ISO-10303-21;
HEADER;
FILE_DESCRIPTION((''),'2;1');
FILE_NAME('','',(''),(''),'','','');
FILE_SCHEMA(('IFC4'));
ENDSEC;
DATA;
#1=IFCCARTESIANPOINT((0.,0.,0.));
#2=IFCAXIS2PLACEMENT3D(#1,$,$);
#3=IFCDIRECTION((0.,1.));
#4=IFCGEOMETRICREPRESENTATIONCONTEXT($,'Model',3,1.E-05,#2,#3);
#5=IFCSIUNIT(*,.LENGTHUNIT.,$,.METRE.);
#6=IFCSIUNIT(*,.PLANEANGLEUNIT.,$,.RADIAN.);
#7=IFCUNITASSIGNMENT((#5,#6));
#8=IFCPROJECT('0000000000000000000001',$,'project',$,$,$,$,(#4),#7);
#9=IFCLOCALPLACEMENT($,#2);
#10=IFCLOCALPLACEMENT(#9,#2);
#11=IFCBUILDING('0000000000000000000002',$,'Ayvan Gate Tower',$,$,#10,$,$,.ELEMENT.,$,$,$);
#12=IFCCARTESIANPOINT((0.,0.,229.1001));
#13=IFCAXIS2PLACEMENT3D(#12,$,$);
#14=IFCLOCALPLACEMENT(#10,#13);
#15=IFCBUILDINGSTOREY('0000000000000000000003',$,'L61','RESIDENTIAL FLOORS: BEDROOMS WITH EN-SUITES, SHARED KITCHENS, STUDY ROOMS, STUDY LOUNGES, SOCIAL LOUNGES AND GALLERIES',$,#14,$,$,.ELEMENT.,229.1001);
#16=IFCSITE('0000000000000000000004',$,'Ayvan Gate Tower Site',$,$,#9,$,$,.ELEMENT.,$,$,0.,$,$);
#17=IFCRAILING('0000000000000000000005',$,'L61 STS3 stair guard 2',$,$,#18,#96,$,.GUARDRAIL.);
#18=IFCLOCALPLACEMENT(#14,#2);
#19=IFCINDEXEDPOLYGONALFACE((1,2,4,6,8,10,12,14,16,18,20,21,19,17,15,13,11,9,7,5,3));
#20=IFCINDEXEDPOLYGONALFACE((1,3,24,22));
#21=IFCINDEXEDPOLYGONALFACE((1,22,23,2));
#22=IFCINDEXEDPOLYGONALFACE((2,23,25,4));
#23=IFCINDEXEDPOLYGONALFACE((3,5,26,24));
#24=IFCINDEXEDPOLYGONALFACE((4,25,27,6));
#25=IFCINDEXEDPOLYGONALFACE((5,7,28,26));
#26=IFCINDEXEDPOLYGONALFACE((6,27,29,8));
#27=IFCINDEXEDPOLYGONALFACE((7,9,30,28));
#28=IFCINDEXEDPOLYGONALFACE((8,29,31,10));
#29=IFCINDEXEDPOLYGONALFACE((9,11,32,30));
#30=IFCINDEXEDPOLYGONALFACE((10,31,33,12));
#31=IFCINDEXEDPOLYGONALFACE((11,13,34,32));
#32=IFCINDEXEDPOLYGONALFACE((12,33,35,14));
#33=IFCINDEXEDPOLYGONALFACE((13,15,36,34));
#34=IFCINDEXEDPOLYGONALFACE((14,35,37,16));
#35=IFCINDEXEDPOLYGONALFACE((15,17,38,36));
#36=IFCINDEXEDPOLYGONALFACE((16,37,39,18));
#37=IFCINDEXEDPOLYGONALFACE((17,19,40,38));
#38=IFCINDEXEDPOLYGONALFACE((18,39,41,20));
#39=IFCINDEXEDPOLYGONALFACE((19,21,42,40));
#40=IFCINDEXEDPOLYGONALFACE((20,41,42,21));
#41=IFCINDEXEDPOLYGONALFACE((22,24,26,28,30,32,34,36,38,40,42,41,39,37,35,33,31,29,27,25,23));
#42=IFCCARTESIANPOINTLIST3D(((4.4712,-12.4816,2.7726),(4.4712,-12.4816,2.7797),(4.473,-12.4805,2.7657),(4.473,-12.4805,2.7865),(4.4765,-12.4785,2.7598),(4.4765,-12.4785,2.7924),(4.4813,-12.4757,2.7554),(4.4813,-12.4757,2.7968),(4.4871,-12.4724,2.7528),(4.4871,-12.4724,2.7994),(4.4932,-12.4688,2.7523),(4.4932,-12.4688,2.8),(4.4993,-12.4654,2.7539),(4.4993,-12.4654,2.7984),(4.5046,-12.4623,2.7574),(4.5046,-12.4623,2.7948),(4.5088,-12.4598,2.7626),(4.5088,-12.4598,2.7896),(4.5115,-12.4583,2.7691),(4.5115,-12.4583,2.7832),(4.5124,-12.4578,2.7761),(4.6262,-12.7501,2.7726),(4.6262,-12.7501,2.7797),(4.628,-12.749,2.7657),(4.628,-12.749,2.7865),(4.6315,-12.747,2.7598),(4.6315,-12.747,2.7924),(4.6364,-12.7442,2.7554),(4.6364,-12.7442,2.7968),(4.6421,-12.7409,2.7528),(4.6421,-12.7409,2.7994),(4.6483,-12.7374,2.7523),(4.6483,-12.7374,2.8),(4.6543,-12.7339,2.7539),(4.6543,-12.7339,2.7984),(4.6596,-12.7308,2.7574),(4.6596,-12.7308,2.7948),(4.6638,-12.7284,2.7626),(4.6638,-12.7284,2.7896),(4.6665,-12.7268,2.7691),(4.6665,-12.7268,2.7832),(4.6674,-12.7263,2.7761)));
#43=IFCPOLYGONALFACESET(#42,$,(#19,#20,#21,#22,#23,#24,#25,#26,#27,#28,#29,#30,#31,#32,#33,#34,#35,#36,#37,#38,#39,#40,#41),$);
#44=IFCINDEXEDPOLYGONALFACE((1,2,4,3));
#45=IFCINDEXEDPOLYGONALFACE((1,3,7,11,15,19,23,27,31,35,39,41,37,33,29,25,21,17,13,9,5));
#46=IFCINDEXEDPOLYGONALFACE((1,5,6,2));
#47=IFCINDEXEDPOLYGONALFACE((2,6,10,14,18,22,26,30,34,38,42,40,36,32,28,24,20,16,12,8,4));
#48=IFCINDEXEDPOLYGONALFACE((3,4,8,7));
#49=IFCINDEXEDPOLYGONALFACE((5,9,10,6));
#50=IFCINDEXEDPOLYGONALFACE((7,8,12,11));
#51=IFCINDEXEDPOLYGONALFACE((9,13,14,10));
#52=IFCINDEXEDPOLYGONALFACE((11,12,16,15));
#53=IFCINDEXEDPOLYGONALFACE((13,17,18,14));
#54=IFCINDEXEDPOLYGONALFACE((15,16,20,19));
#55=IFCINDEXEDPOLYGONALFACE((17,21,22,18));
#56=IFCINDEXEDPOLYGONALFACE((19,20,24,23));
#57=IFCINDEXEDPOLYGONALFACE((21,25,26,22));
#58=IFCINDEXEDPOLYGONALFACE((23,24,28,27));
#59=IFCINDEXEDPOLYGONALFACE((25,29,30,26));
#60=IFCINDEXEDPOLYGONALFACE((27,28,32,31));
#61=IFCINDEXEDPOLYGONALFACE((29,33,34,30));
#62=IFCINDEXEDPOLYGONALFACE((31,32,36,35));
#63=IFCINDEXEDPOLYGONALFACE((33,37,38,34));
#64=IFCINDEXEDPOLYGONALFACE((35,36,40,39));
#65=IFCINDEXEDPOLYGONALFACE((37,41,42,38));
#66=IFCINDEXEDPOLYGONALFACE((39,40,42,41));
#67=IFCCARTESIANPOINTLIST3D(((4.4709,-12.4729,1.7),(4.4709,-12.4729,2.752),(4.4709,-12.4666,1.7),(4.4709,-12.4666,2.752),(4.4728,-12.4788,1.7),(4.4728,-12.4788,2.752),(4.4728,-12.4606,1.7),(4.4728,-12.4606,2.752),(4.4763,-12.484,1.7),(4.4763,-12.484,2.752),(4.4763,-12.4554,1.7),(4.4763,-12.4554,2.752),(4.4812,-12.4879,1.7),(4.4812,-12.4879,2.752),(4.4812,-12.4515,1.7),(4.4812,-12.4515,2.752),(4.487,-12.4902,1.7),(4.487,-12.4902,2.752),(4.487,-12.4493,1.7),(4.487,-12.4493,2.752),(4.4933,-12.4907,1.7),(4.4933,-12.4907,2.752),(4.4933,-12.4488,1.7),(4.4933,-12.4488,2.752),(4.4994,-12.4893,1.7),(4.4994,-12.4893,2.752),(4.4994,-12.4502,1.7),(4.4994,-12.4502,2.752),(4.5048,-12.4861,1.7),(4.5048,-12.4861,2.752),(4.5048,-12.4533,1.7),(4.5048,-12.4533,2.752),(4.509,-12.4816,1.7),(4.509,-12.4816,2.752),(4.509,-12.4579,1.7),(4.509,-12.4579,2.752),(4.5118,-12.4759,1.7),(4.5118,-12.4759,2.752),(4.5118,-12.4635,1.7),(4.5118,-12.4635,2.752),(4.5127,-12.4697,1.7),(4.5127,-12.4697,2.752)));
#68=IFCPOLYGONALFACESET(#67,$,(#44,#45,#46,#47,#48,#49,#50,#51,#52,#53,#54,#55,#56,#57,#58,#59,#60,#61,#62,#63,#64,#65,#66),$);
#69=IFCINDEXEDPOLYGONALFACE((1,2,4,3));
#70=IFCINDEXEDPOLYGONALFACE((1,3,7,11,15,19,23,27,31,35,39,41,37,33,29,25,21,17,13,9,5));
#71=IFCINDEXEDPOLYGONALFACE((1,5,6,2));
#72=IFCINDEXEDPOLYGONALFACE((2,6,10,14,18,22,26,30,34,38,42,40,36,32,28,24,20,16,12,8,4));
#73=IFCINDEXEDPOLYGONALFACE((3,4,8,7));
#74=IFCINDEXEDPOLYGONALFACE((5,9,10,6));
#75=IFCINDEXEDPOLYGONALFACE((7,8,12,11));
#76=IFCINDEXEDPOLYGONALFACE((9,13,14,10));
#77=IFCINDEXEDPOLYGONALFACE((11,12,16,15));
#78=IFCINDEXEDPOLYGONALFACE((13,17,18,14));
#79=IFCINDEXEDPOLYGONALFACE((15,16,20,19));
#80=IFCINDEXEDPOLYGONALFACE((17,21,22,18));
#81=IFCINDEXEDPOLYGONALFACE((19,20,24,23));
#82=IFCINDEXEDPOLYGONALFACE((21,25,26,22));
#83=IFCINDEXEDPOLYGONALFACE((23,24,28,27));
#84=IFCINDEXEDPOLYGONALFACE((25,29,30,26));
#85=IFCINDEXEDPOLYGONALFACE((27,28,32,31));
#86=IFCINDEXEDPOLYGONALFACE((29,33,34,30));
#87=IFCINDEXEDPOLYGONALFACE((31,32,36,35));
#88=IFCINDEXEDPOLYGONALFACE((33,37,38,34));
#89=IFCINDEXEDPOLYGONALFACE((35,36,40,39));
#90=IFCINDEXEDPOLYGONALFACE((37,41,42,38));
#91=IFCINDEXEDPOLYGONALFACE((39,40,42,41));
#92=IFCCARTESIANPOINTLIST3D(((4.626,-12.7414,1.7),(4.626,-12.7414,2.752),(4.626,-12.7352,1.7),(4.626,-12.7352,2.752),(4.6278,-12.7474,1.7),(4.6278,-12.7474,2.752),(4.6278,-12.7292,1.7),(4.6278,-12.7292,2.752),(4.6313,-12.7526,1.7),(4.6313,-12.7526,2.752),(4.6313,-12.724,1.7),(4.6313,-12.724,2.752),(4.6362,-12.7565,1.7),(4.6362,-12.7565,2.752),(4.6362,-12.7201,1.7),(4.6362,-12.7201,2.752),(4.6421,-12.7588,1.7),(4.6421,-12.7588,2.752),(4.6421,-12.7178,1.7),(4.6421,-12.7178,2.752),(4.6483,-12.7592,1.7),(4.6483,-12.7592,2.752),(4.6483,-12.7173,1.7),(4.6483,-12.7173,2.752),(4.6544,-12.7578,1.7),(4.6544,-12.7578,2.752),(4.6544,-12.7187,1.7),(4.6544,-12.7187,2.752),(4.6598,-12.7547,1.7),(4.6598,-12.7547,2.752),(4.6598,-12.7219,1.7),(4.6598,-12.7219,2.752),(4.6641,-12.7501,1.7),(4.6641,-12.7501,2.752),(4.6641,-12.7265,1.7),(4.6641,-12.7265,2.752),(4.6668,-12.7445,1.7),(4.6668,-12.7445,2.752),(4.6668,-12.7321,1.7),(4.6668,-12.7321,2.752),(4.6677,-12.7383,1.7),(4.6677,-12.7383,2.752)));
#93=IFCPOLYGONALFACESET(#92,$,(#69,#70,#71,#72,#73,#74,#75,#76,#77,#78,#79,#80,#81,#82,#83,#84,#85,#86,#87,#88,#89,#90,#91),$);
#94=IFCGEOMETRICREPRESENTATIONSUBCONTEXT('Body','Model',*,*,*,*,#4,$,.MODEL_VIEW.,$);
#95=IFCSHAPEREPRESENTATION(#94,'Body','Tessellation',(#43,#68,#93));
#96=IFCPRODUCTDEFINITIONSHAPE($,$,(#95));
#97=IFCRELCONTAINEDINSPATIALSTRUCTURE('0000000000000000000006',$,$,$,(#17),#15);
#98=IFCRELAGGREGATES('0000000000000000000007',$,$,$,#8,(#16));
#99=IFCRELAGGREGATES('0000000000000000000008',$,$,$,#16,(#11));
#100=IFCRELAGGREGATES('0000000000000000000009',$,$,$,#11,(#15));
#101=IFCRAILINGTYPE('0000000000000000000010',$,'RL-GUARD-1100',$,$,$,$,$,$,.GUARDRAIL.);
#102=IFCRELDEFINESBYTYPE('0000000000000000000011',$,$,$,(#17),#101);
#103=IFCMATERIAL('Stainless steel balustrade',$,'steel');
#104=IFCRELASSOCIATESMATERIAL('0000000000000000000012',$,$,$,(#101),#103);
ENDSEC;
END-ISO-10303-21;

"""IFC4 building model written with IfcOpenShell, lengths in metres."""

from ifc_helpers import new_model, si_unit, direction, frame, origin, origin_2d, place, context, subcontext, project, spatial, circle, extrude, material, type_object, element, save


model = new_model("IFC4")

# Units and contexts
model_context = context("Model", 3, precision=1e-05, world=origin(), true_north=direction((0.0, 1.0)))
body_context = subcontext(model_context, "Body", "Model", "MODEL_VIEW")
ifc_project = project(units=[si_unit("LENGTHUNIT", "METRE"), si_unit("PLANEANGLEUNIT", "RADIAN")], contexts=[model_context])

# Site, building, storey
site_placement = place(None, origin())
site = spatial("IfcSite", under=ifc_project, at=site_placement, Name="Ayvan Gate Tower Site", CompositionType="ELEMENT", RefElevation=0.0)
building_placement = place(site_placement, origin())
building = spatial("IfcBuilding", under=site, at=building_placement, Name="Ayvan Gate Tower", CompositionType="ELEMENT")
storey_placement = place(building_placement, frame((0.0, 0.0, 229.1001)))
storey = spatial("IfcBuildingStorey", under=building, at=storey_placement, Name="L61", Description="RESIDENTIAL FLOORS: BEDROOMS WITH EN-SUITES, SHARED KITCHENS, STUDY ROOMS, STUDY LOUNGES, SOCIAL LOUNGES AND GALLERIES", CompositionType="ELEMENT", Elevation=229.1001)

# Railing
ifc_material_1 = material(Name="Stainless steel balustrade", Category="steel")
railing_type_1 = type_object("IfcRailingType", Name="RL-GUARD-1100", PredefinedType="GUARDRAIL", material=ifc_material_1)
railing_1_placement = place(storey_placement, frame((4.4917, -12.4697, 1.7)))
element("IfcRailing", 1, at=railing_1_placement, inside=storey, type_object=railing_type_1, Name="L61 STS3 stair guard 2", PredefinedType="GUARDRAIL", context=body_context, shape_type="SweptSolid", body=[
    extrude(circle(Radius=0.0239, at=origin_2d()), frame((0.0, 0.0, 1.0762), z_axis=(0.49995, -0.866054, 0.0), x_axis=(0.866054, 0.49995, 0.0)), (0.0, 0.0, 1.0), 0.3101),
    extrude(circle(Radius=0.021, at=origin_2d()), origin(), (0.0, 0.0, 1.0), 1.052),
    extrude(circle(Radius=0.021, at=origin_2d()), frame((0.155, -0.2686, 0.0)), (0.0, 0.0, 1.0), 1.052),
])

save(model, "model.ifc")
